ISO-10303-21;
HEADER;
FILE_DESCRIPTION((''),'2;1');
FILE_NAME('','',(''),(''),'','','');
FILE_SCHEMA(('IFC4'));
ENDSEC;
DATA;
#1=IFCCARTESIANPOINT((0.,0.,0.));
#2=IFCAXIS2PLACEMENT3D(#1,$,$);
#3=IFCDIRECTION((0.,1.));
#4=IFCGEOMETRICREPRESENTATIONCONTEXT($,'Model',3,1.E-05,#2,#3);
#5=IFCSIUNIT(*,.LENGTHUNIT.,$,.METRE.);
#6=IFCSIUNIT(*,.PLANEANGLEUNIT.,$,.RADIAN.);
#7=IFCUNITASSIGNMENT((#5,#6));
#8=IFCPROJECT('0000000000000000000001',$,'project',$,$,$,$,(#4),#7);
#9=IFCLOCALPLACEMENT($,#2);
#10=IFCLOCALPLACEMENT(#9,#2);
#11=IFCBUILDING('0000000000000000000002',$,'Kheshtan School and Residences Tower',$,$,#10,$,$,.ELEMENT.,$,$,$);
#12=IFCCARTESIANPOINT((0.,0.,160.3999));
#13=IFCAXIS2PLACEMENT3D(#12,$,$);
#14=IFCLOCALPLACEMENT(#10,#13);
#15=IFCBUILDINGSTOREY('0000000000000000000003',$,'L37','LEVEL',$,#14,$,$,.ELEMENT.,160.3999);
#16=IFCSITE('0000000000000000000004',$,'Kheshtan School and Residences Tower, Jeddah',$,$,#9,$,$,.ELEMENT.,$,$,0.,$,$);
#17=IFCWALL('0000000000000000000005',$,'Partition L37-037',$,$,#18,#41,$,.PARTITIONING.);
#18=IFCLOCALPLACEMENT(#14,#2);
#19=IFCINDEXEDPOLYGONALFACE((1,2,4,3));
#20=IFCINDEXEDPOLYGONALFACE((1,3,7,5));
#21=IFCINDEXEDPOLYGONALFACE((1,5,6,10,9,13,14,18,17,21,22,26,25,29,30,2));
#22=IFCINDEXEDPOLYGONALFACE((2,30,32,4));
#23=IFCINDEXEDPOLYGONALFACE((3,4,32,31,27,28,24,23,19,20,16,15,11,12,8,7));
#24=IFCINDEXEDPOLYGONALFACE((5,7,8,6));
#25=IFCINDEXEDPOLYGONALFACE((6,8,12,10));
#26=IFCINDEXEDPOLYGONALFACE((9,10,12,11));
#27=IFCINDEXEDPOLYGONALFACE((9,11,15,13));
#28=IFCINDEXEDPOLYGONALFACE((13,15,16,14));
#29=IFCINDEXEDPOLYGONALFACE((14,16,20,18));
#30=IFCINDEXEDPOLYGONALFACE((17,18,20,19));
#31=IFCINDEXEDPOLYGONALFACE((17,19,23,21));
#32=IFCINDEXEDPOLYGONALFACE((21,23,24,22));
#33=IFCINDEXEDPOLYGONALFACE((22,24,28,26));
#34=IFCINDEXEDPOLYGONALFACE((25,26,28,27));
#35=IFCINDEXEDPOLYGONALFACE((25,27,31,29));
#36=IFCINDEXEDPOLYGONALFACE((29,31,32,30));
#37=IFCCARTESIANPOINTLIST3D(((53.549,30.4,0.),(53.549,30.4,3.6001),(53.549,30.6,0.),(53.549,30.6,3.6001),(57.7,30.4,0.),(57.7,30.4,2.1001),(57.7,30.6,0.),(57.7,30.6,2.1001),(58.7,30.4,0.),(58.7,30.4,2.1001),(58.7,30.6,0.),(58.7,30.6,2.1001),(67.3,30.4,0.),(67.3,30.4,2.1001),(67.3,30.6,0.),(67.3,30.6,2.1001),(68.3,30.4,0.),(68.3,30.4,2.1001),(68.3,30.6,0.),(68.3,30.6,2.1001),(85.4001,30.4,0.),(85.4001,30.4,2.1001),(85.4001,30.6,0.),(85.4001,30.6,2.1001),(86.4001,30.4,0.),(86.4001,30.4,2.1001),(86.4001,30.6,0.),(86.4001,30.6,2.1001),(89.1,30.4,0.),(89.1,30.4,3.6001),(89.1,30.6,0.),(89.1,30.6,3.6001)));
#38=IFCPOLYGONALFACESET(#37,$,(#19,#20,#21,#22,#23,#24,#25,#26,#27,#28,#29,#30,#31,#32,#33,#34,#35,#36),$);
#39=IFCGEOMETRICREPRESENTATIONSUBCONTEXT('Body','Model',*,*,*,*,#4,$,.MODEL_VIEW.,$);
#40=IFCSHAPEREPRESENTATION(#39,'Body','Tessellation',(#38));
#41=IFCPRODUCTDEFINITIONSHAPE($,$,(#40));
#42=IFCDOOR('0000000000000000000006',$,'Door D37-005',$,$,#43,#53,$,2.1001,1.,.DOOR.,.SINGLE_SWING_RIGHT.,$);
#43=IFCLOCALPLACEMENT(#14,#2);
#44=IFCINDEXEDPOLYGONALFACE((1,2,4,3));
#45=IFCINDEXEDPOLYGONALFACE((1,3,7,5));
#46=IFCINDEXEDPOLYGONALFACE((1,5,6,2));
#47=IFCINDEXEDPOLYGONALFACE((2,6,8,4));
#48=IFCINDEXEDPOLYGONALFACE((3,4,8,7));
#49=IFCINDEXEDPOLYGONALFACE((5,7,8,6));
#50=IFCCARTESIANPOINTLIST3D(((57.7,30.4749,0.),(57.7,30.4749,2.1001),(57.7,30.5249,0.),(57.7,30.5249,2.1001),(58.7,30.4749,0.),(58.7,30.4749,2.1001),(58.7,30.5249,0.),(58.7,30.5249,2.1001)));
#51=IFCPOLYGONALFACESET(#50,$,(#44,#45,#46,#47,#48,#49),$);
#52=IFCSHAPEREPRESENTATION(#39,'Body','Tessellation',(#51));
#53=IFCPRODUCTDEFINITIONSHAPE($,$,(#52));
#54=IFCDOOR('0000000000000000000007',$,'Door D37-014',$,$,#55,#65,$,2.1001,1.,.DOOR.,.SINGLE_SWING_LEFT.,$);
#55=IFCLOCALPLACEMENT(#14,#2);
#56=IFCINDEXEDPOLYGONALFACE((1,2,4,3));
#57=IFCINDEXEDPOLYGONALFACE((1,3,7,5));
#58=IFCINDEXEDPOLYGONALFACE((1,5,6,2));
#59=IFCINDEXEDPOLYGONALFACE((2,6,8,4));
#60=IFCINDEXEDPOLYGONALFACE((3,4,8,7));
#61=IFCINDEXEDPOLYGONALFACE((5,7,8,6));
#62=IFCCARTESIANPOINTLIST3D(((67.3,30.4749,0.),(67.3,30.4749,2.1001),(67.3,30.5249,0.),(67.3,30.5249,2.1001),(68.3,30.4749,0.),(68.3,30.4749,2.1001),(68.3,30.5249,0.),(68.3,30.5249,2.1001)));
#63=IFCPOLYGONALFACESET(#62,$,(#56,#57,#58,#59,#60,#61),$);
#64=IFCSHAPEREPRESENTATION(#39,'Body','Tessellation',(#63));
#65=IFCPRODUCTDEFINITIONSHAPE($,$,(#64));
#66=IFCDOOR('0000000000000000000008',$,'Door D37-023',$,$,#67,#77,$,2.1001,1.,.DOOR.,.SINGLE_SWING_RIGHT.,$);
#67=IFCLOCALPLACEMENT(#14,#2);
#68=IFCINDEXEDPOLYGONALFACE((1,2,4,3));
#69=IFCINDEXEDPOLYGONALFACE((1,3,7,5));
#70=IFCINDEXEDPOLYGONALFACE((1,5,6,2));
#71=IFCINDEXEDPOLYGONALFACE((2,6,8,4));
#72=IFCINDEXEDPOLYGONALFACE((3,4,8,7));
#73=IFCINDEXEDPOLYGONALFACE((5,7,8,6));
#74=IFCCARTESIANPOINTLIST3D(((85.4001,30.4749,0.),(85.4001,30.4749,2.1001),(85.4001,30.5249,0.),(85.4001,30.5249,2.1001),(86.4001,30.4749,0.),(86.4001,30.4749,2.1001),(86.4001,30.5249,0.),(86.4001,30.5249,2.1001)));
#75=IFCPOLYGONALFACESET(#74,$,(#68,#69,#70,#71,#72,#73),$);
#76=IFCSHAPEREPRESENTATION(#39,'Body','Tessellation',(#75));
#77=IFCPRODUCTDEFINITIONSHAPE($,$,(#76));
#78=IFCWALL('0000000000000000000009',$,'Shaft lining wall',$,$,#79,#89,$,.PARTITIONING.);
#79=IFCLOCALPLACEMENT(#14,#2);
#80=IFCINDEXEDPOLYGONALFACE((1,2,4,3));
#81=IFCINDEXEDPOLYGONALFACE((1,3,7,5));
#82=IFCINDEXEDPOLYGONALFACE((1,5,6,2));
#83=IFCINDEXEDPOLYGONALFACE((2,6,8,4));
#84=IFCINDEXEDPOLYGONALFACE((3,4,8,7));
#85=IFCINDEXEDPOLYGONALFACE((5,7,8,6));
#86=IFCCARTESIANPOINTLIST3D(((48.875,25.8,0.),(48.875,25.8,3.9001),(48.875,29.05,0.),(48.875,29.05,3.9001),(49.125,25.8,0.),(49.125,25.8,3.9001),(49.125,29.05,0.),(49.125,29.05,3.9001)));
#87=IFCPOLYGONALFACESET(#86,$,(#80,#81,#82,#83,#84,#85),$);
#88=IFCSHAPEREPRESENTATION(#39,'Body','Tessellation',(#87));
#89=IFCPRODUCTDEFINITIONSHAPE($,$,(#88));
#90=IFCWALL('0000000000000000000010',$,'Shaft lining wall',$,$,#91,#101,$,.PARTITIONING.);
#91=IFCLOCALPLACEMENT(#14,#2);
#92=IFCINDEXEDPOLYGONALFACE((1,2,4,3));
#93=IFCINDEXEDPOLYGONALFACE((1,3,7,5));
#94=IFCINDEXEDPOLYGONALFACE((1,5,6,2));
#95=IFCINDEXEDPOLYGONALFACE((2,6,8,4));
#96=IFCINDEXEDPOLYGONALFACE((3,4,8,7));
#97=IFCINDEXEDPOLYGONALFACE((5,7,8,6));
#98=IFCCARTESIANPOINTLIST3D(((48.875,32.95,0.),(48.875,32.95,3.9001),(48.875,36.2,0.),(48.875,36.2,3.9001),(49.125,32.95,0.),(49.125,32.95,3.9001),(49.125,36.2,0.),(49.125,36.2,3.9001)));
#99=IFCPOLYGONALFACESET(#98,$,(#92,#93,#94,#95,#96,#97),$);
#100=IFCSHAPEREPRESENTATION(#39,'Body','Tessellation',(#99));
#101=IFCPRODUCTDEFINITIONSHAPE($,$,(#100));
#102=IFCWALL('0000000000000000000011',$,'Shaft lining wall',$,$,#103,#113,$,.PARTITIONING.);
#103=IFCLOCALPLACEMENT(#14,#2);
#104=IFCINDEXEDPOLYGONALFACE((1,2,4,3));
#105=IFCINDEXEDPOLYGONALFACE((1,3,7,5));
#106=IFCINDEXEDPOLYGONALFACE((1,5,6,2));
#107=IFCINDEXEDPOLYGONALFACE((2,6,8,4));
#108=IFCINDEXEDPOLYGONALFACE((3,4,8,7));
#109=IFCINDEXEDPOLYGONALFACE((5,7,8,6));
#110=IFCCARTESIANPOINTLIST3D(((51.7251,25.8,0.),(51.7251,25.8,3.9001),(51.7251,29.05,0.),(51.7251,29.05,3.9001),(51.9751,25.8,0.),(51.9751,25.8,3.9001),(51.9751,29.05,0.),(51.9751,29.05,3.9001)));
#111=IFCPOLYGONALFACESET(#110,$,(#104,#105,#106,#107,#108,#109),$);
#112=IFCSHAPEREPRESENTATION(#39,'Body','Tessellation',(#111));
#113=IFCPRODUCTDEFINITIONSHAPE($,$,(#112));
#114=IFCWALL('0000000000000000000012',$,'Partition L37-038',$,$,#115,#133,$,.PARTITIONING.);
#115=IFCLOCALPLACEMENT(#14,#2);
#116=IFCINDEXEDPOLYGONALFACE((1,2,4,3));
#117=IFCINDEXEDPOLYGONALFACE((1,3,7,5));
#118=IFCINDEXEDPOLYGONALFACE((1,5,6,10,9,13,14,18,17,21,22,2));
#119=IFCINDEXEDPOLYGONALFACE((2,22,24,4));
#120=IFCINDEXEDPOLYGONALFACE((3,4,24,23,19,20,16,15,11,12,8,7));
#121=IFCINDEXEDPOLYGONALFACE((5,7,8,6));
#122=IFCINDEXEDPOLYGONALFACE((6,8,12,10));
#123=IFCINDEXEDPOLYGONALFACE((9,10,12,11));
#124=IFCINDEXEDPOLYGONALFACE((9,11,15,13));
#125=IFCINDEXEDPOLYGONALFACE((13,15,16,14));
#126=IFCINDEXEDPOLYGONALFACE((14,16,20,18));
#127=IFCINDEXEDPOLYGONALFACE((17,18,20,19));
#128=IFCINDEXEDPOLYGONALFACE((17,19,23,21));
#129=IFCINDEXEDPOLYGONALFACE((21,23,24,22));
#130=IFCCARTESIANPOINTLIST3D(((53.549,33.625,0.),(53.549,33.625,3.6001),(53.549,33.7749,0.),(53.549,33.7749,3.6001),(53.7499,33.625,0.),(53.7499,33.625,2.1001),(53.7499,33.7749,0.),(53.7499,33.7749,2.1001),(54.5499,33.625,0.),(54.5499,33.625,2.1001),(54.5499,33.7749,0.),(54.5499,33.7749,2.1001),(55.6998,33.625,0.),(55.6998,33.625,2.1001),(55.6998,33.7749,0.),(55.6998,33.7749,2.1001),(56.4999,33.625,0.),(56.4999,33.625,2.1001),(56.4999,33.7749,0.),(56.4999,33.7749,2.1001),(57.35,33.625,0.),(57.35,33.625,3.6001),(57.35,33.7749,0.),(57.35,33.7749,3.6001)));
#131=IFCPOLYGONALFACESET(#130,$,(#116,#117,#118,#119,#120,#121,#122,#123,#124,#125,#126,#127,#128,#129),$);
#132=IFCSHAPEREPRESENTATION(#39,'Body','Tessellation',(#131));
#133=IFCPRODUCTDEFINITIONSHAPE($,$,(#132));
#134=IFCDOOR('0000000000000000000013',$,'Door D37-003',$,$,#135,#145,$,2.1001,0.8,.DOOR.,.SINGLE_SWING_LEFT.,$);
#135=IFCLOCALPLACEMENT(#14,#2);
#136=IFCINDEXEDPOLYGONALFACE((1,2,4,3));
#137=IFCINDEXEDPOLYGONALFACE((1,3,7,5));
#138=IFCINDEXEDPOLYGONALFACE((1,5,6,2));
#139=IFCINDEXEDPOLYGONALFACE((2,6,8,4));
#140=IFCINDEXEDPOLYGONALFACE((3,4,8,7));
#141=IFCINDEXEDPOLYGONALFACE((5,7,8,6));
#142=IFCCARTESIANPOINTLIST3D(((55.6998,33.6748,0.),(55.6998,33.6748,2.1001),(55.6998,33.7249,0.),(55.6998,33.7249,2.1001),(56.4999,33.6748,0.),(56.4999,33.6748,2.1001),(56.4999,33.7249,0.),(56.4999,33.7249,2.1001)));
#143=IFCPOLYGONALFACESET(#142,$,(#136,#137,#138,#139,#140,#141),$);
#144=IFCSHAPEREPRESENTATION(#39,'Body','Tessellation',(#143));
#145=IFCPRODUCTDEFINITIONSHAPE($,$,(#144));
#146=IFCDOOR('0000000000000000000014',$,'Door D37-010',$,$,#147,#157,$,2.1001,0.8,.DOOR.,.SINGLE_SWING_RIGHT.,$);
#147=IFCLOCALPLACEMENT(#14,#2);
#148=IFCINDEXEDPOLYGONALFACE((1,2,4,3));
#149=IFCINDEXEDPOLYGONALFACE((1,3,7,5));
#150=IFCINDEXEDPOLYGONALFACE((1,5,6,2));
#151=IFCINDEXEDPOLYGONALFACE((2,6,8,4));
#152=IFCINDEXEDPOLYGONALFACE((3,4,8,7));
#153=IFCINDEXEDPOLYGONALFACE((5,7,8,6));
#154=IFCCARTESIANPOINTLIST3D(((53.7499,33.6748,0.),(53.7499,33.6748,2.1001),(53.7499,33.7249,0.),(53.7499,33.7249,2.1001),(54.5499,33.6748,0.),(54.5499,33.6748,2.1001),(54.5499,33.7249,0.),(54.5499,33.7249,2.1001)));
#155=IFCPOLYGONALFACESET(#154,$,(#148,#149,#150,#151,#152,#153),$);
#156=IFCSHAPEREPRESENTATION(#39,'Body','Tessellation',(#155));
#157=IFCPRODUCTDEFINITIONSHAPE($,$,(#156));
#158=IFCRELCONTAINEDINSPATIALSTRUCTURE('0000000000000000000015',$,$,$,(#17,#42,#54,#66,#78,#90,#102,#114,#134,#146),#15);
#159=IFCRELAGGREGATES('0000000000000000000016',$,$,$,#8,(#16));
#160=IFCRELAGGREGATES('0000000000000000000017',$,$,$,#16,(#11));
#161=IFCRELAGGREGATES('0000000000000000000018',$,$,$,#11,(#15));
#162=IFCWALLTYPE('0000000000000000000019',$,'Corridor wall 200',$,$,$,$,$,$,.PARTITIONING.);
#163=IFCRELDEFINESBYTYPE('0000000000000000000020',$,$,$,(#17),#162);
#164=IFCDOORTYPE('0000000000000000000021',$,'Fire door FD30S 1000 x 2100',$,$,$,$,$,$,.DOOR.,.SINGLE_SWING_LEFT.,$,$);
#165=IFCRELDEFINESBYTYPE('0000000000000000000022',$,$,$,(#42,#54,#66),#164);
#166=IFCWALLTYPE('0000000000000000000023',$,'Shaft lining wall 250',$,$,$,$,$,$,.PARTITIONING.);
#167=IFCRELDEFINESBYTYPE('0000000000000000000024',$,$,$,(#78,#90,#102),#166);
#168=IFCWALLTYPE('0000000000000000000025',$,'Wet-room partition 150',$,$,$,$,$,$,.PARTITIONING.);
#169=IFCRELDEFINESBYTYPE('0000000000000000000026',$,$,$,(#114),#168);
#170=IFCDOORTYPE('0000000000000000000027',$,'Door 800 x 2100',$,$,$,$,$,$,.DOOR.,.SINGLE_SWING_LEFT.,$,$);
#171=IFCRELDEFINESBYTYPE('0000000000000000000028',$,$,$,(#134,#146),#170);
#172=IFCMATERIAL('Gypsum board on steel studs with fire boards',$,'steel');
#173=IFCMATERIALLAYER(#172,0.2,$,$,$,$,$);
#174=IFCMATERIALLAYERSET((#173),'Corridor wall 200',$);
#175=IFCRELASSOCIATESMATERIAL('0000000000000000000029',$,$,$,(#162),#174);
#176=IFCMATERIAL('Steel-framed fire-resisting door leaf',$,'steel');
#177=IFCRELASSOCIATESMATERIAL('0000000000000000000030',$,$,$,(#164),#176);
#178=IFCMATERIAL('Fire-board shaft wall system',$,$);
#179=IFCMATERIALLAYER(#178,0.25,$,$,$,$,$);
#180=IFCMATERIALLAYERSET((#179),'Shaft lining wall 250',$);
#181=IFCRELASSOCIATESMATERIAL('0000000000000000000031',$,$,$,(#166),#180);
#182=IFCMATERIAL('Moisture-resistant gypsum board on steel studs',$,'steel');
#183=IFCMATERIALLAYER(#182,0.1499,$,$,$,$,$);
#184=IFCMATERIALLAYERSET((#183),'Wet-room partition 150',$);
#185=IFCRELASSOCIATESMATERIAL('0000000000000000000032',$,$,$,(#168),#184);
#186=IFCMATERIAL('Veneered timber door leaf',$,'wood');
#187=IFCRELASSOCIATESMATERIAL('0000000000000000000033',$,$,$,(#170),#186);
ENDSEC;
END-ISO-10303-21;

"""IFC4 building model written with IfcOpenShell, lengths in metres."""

from ifc_helpers import new_model, si_unit, direction, frame, frame_2d, origin, place, context, subcontext, project, spatial, rectangle, extrude, source, transform, mapped, material, layer, layer_set, type_object, element, fill, save


model = new_model("IFC4")

# Units and contexts
model_context = context("Model", 3, precision=1e-05, world=origin(), true_north=direction((0.0, 1.0)))
body_context = subcontext(model_context, "Body", "Model", "MODEL_VIEW")
ifc_project = project(units=[si_unit("LENGTHUNIT", "METRE"), si_unit("PLANEANGLEUNIT", "RADIAN")], contexts=[model_context])

# Site, building, storey
site_placement = place(None, origin())
site = spatial("IfcSite", under=ifc_project, at=site_placement, Name="Kheshtan School and Residences Tower, Jeddah", CompositionType="ELEMENT", RefElevation=0.0)
building_placement = place(site_placement, origin())
building = spatial("IfcBuilding", under=site, at=building_placement, Name="Kheshtan School and Residences Tower", CompositionType="ELEMENT")
storey_placement = place(building_placement, frame((0.0, 0.0, 160.3999)))
storey = spatial("IfcBuildingStorey", under=building, at=storey_placement, Name="L37", Description="LEVEL", CompositionType="ELEMENT", Elevation=160.3999)

# Shared definitions
ifc_material_1 = material(Name="Gypsum board on steel studs with fire boards", Category="steel")
ifc_layer_1 = layer(ifc_material_1, 0.2)
ifc_layer_set_1 = layer_set([ifc_layer_1], Name="Corridor wall 200")
wall_type_1 = type_object("IfcWallType", Name="Corridor wall 200", PredefinedType="PARTITIONING", material=ifc_layer_set_1)
ifc_material_2 = material(Name="Steel-framed fire-resisting door leaf", Category="steel")

# Wall, openings, doors
wall_1_placement = place(storey_placement, frame((53.5491, 30.5, 0.0), z_axis=(0.0, 0.0, 1.0), x_axis=(1.0, 0.0, 0.0)))
wall_1 = element("IfcWall", 1, at=wall_1_placement, inside=storey, type_object=wall_type_1, Name="Partition L37-037", PredefinedType="PARTITIONING", context=body_context, shape_type="SweptSolid", body=[
    extrude(rectangle(XDim=35.551, YDim=0.2, at=frame_2d((17.7754, 0.0))), origin(), (0.0, 0.0, 1.0), 3.6001),
])
opening_1_placement = place(wall_1_placement, frame((4.1509, 0.0, 0.0)))
opening_1 = element("IfcOpeningElement", 2, at=opening_1_placement, cuts=wall_1, PredefinedType="OPENING", context=body_context, shape_type="SweptSolid", body=[
    extrude(rectangle(XDim=1.0, YDim=2.1001, at=frame_2d((0.5, 1.05))), frame((0.0, 0.1099, 0.0), z_axis=(0.0, -1.0, 0.0), x_axis=(1.0, 0.0, 0.0)), (0.0, 0.0, 1.0), 0.22),
])
opening_2_placement = place(wall_1_placement, frame((13.751, 0.0, 0.0)))
opening_2 = element("IfcOpeningElement", 3, at=opening_2_placement, cuts=wall_1, PredefinedType="OPENING", context=body_context, shape_type="SweptSolid", body=[
    extrude(rectangle(XDim=1.0, YDim=2.1001, at=frame_2d((0.5, 1.05))), frame((0.0, 0.1099, 0.0), z_axis=(0.0, -1.0, 0.0), x_axis=(1.0, 0.0, 0.0)), (0.0, 0.0, 1.0), 0.22),
])
opening_3_placement = place(wall_1_placement, frame((31.8511, 0.0, 0.0)))
opening_3 = element("IfcOpeningElement", 4, at=opening_3_placement, cuts=wall_1, PredefinedType="OPENING", context=body_context, shape_type="SweptSolid", body=[
    extrude(rectangle(XDim=1.0, YDim=2.1001, at=frame_2d((0.5, 1.05))), frame((0.0, 0.1099, 0.0), z_axis=(0.0, -1.0, 0.0), x_axis=(1.0, 0.0, 0.0)), (0.0, 0.0, 1.0), 0.22),
])
door_type_1 = type_object("IfcDoorType", Name="Fire door FD30S 1000 x 2100", OperationType="SINGLE_SWING_LEFT", PredefinedType="DOOR", material=ifc_material_2)
shared_shape_1 = source(origin(), body_context, "Body", "SweptSolid", [
    extrude(rectangle(XDim=1.0, YDim=2.1001, at=frame_2d((0.5, 1.05))), frame((0.0, 0.0249, 0.0), z_axis=(0.0, -1.0, 0.0), x_axis=(1.0, 0.0, 0.0)), (0.0, 0.0, 1.0), 0.05),
])
door_1_placement = place(opening_1_placement, origin())
door_1 = element("IfcDoor", 5, at=door_1_placement, inside=storey, type_object=door_type_1, Name="Door D37-005", OperationType="SINGLE_SWING_RIGHT", OverallHeight=2.1001, OverallWidth=1.0, PredefinedType="DOOR", context=body_context, shape_type="MappedRepresentation", body=[
    mapped(shared_shape_1, transform((0.0, 0.0, 0.0), x_axis=(1.0, 0.0, 0.0), y_axis=(0.0, 1.0, 0.0), z_axis=(0.0, 0.0, 1.0), scale=1.0)),
])
fill(opening_1, door_1)
door_2_placement = place(opening_2_placement, origin())
door_2 = element("IfcDoor", 6, at=door_2_placement, inside=storey, type_object=door_type_1, Name="Door D37-014", OperationType="SINGLE_SWING_LEFT", OverallHeight=2.1001, OverallWidth=1.0, PredefinedType="DOOR", context=body_context, shape_type="MappedRepresentation", body=[
    mapped(shared_shape_1, transform((0.0, 0.0, 0.0), x_axis=(1.0, 0.0, 0.0), y_axis=(0.0, 1.0, 0.0), z_axis=(0.0, 0.0, 1.0), scale=1.0)),
])
fill(opening_2, door_2)
door_3_placement = place(opening_3_placement, origin())
door_3 = element("IfcDoor", 7, at=door_3_placement, inside=storey, type_object=door_type_1, Name="Door D37-023", OperationType="SINGLE_SWING_RIGHT", OverallHeight=2.1001, OverallWidth=1.0, PredefinedType="DOOR", context=body_context, shape_type="MappedRepresentation", body=[
    mapped(shared_shape_1, transform((0.0, 0.0, 0.0), x_axis=(1.0, 0.0, 0.0), y_axis=(0.0, 1.0, 0.0), z_axis=(0.0, 0.0, 1.0), scale=1.0)),
])
fill(opening_3, door_3)

# Walls
ifc_material_3 = material(Name="Fire-board shaft wall system")
ifc_layer_2 = layer(ifc_material_3, 0.25)
ifc_layer_set_2 = layer_set([ifc_layer_2], Name="Shaft lining wall 250")
wall_type_2 = type_object("IfcWallType", Name="Shaft lining wall 250", PredefinedType="PARTITIONING", material=ifc_layer_set_2)
for number, where, z_axis, x_axis, name in (
    (8, (49.0, 25.8, 0.0), (0.0, 0.0, 1.0), (0.0, 1.0, 0.0), "Shaft lining wall"),
    (9, (49.0, 32.95, 0.0), (0.0, 0.0, 1.0), (0.0, 1.0, 0.0), "Shaft lining wall"),
    (10, (51.8501, 25.8, 0.0), (0.0, 0.0, 1.0), (0.0, 1.0, 0.0), "Shaft lining wall"),
):
    element("IfcWall", number, at=place(storey_placement, frame(where, z_axis=z_axis, x_axis=x_axis)), inside=storey, type_object=wall_type_2, Name=name, PredefinedType="PARTITIONING", context=body_context, shape_type="SweptSolid", body=[
        extrude(rectangle(XDim=3.25, YDim=0.25, at=frame_2d((1.625, 0.0))), origin(), (0.0, 0.0, 1.0), 3.9001),
    ])

# Wall, openings, doors
ifc_material_4 = material(Name="Moisture-resistant gypsum board on steel studs", Category="steel")
ifc_layer_3 = layer(ifc_material_4, 0.1499)
ifc_layer_set_3 = layer_set([ifc_layer_3], Name="Wet-room partition 150")
wall_type_3 = type_object("IfcWallType", Name="Wet-room partition 150", PredefinedType="PARTITIONING", material=ifc_layer_set_3)
wall_2_placement = place(storey_placement, frame((53.5491, 33.7, 0.0), z_axis=(0.0, 0.0, 1.0), x_axis=(1.0, 0.0, 0.0)))
wall_2 = element("IfcWall", 11, at=wall_2_placement, inside=storey, type_object=wall_type_3, Name="Partition L37-038", PredefinedType="PARTITIONING", context=body_context, shape_type="SweptSolid", body=[
    extrude(rectangle(XDim=3.801, YDim=0.1499, at=frame_2d((1.9004, 0.0))), origin(), (0.0, 0.0, 1.0), 3.6001),
])
opening_4_placement = place(wall_2_placement, frame((2.1509, 0.0, 0.0)))
opening_4 = element("IfcOpeningElement", 12, at=opening_4_placement, cuts=wall_2, PredefinedType="OPENING", context=body_context, shape_type="SweptSolid", body=[
    extrude(rectangle(XDim=0.8, YDim=2.1001, at=frame_2d((0.3999, 1.05))), frame((0.0, 0.085, 0.0), z_axis=(0.0, -1.0, 0.0), x_axis=(1.0, 0.0, 0.0)), (0.0, 0.0, 1.0), 0.1699),
])
opening_5_placement = place(wall_2_placement, frame((0.2009, 0.0, 0.0)))
opening_5 = element("IfcOpeningElement", 13, at=opening_5_placement, cuts=wall_2, PredefinedType="OPENING", context=body_context, shape_type="SweptSolid", body=[
    extrude(rectangle(XDim=0.8, YDim=2.1001, at=frame_2d((0.3999, 1.05))), frame((0.0, 0.085, 0.0), z_axis=(0.0, -1.0, 0.0), x_axis=(1.0, 0.0, 0.0)), (0.0, 0.0, 1.0), 0.1699),
])
ifc_material_5 = material(Name="Veneered timber door leaf", Category="wood")
door_type_2 = type_object("IfcDoorType", Name="Door 800 x 2100", OperationType="SINGLE_SWING_LEFT", PredefinedType="DOOR", material=ifc_material_5)
shared_shape_2 = source(origin(), body_context, "Body", "SweptSolid", [
    extrude(rectangle(XDim=0.8, YDim=2.1001, at=frame_2d((0.3999, 1.05))), frame((0.0, 0.0249, 0.0), z_axis=(0.0, -1.0, 0.0), x_axis=(1.0, 0.0, 0.0)), (0.0, 0.0, 1.0), 0.05),
])
door_4_placement = place(opening_4_placement, origin())
door_4 = element("IfcDoor", 14, at=door_4_placement, inside=storey, type_object=door_type_2, Name="Door D37-003", OperationType="SINGLE_SWING_LEFT", OverallHeight=2.1001, OverallWidth=0.8, PredefinedType="DOOR", context=body_context, shape_type="MappedRepresentation", body=[
    mapped(shared_shape_2, transform((0.0, 0.0, 0.0), x_axis=(1.0, 0.0, 0.0), y_axis=(0.0, 1.0, 0.0), z_axis=(0.0, 0.0, 1.0), scale=1.0)),
])
fill(opening_4, door_4)
door_5_placement = place(opening_5_placement, origin())
door_5 = element("IfcDoor", 15, at=door_5_placement, inside=storey, type_object=door_type_2, Name="Door D37-010", OperationType="SINGLE_SWING_RIGHT", OverallHeight=2.1001, OverallWidth=0.8, PredefinedType="DOOR", context=body_context, shape_type="MappedRepresentation", body=[
    mapped(shared_shape_2, transform((0.0, 0.0, 0.0), x_axis=(1.0, 0.0, 0.0), y_axis=(0.0, 1.0, 0.0), z_axis=(0.0, 0.0, 1.0), scale=1.0)),
])
fill(opening_5, door_5)

save(model, "model.ifc")
